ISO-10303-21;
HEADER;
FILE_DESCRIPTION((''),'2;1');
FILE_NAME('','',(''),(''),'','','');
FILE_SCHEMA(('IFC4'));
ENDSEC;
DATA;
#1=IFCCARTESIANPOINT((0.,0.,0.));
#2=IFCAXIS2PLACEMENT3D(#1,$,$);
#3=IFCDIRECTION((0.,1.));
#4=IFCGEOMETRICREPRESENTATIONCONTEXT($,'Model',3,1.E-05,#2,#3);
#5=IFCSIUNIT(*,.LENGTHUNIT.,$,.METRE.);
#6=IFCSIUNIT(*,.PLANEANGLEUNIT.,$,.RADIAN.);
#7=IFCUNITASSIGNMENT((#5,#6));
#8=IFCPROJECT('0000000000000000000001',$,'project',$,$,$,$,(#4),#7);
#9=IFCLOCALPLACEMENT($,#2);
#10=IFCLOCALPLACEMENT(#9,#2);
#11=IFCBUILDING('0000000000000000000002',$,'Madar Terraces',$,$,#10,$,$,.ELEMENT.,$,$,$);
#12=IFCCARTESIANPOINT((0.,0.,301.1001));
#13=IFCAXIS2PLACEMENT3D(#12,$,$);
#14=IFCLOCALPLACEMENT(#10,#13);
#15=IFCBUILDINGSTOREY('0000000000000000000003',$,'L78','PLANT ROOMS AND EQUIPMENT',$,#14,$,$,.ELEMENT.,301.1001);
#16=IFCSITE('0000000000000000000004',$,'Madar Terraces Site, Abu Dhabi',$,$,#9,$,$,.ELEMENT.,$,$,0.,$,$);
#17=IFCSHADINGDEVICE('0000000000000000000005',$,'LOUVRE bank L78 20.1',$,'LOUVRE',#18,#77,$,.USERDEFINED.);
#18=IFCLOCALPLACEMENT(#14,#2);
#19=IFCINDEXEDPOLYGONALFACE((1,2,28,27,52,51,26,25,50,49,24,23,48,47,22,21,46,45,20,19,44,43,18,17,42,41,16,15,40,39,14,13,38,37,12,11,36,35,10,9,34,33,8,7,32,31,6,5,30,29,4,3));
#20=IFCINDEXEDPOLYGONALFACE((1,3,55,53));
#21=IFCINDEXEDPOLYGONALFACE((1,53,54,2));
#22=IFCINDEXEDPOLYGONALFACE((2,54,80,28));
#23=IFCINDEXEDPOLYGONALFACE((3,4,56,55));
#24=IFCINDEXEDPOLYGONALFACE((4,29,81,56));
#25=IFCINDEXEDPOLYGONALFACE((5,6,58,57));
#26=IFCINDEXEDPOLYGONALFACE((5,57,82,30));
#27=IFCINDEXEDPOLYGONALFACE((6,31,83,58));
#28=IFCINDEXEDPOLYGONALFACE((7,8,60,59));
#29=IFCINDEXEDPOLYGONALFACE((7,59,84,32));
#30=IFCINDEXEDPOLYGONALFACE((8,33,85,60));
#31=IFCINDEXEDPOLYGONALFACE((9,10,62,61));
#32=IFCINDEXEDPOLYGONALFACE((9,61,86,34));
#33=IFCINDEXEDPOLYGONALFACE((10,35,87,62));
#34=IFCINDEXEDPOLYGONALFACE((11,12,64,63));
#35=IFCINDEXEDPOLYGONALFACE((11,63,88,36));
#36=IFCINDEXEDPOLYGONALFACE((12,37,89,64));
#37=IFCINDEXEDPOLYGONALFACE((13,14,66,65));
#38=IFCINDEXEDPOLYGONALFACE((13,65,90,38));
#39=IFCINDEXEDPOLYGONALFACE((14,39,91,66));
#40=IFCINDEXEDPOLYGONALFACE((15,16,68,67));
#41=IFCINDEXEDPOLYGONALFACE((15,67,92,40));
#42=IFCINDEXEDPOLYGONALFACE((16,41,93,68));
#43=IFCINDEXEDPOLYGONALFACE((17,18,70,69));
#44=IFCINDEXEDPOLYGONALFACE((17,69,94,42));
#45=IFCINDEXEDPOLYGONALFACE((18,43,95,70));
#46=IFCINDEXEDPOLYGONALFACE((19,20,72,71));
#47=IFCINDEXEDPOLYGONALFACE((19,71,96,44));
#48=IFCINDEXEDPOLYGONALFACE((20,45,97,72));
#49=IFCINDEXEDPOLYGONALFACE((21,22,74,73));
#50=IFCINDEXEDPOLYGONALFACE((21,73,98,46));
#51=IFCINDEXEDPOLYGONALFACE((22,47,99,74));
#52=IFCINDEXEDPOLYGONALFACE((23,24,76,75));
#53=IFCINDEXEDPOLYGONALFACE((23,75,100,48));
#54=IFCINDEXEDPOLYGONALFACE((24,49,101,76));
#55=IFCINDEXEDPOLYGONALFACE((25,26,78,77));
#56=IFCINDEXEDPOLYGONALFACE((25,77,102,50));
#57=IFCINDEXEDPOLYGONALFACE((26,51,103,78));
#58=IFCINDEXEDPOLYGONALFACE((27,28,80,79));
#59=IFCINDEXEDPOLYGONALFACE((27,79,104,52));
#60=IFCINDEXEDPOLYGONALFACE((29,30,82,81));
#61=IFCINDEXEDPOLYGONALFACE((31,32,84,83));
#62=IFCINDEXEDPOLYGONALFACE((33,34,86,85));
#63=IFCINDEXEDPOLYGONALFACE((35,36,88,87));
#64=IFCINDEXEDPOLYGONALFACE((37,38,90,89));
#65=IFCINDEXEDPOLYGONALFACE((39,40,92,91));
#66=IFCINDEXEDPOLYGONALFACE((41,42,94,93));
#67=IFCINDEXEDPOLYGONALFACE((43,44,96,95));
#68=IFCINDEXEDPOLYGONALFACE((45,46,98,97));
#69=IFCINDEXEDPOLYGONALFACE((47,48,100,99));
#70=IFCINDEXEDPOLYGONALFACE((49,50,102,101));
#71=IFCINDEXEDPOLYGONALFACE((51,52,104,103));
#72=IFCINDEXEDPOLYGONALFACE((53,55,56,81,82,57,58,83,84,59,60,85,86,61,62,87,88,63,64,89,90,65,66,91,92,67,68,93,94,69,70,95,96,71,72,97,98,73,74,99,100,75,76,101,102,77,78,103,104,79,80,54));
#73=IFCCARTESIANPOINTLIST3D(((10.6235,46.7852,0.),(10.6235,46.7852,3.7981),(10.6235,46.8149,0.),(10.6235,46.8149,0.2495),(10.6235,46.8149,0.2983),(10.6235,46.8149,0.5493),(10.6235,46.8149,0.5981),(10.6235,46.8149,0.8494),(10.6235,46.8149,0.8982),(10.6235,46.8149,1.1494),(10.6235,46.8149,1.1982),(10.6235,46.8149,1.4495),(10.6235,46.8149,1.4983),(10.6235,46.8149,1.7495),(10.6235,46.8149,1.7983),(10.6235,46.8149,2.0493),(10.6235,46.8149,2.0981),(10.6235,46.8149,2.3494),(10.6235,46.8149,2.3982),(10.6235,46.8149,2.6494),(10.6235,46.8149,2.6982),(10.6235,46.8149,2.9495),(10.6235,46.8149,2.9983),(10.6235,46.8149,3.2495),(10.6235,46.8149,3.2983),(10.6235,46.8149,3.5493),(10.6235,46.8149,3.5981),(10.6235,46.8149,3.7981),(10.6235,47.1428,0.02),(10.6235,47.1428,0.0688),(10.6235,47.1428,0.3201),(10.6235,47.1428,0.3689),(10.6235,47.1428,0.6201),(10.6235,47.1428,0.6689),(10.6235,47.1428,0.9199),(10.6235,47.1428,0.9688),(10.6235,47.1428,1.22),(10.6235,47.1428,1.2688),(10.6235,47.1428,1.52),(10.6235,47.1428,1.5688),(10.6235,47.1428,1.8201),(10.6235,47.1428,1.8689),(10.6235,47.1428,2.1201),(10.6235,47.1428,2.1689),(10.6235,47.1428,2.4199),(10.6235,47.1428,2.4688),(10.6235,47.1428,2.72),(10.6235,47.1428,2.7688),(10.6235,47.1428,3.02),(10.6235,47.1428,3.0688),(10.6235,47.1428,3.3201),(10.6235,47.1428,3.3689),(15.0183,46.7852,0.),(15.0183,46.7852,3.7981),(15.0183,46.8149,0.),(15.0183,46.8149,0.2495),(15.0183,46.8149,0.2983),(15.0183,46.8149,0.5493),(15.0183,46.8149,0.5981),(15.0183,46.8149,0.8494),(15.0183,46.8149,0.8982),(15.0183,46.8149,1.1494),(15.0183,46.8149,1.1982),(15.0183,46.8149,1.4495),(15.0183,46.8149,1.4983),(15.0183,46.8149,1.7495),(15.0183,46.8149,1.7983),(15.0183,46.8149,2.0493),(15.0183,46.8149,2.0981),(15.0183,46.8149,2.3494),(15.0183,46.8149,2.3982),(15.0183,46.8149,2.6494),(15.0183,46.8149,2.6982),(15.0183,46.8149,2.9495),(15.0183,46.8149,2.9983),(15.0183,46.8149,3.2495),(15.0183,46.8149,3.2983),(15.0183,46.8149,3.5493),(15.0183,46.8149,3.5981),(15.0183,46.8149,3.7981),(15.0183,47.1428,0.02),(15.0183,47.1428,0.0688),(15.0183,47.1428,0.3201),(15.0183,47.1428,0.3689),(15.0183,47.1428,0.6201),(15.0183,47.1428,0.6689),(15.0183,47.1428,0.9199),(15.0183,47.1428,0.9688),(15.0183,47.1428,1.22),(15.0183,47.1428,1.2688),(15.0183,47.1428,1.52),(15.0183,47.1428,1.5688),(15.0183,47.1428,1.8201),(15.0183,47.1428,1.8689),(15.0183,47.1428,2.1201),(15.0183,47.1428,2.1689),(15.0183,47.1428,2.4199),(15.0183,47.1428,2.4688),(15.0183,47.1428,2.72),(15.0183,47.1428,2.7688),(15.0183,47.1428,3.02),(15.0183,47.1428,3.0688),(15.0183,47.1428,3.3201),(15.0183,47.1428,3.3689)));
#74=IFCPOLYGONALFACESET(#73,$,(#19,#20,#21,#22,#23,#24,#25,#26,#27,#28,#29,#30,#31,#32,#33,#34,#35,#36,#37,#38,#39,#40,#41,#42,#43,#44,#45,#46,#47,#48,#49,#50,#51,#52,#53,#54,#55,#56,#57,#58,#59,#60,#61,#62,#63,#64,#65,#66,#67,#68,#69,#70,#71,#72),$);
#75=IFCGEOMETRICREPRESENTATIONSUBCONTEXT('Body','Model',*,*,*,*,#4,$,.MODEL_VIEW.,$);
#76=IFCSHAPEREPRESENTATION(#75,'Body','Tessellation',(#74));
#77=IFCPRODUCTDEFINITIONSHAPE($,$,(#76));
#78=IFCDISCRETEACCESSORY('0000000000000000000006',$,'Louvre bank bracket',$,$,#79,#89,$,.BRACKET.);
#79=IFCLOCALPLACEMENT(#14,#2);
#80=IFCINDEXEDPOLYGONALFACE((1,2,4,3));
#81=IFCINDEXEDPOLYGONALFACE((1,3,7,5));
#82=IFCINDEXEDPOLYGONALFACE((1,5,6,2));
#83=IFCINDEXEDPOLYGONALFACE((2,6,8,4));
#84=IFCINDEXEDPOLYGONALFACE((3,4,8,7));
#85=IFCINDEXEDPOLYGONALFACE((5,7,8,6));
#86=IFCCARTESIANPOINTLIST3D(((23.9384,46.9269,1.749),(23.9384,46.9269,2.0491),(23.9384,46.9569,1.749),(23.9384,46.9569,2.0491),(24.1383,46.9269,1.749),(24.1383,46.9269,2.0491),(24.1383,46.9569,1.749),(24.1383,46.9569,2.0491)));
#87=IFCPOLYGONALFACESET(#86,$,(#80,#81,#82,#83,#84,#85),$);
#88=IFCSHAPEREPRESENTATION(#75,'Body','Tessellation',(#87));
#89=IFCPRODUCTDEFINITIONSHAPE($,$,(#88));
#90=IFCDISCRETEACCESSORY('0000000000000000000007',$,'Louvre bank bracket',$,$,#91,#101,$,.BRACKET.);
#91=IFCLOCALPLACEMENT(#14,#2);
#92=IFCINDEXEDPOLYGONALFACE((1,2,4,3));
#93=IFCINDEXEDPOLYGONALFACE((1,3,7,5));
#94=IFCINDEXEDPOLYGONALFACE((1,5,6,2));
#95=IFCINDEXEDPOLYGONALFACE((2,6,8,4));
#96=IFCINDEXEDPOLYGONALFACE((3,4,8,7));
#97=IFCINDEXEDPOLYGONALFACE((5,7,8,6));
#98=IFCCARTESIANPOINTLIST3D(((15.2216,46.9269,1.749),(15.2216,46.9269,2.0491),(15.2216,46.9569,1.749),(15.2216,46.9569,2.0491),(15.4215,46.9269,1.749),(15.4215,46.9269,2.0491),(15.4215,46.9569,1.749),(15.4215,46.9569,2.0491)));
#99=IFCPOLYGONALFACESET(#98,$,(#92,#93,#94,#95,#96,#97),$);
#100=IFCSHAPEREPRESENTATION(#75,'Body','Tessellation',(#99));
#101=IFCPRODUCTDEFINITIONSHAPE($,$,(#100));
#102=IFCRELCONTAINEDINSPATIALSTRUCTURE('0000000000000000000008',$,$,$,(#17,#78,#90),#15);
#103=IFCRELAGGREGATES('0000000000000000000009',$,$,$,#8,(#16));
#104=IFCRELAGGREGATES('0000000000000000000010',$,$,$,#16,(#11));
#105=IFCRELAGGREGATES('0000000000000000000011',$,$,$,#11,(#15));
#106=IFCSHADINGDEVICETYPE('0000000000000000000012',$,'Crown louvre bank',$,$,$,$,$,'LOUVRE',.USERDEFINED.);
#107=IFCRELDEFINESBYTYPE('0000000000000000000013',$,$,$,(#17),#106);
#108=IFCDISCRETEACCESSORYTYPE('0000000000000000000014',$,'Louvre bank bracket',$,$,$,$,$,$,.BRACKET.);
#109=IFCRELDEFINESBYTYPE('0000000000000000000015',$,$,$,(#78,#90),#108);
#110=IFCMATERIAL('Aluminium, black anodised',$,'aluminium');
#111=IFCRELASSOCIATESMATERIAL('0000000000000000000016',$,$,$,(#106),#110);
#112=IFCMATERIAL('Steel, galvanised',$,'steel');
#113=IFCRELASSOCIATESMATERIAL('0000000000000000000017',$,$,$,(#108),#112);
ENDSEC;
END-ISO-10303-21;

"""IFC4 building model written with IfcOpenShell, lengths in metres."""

from ifc_helpers import new_model, si_unit, direction, frame, origin, origin_2d, place, context, subcontext, project, spatial, polyline, rectangle, outline, extrude, material, type_object, element, save


model = new_model("IFC4")

# Units and contexts
model_context = context("Model", 3, precision=1e-05, world=origin(), true_north=direction((0.0, 1.0)))
body_context = subcontext(model_context, "Body", "Model", "MODEL_VIEW")
ifc_project = project(units=[si_unit("LENGTHUNIT", "METRE"), si_unit("PLANEANGLEUNIT", "RADIAN")], contexts=[model_context])

# Site, building, storey
site_placement = place(None, origin())
site = spatial("IfcSite", under=ifc_project, at=site_placement, Name="Madar Terraces Site, Abu Dhabi", CompositionType="ELEMENT", RefElevation=0.0)
building_placement = place(site_placement, origin())
building = spatial("IfcBuilding", under=site, at=building_placement, Name="Madar Terraces", CompositionType="ELEMENT")
storey_placement = place(building_placement, frame((0.0, 0.0, 301.1001)))
storey = spatial("IfcBuildingStorey", under=building, at=storey_placement, Name="L78", Description="PLANT ROOMS AND EQUIPMENT", CompositionType="ELEMENT", Elevation=301.1001)

# Shading device
ifc_material_1 = material(Name="Aluminium, black anodised", Category="aluminium")
shading_device_type = type_object("IfcShadingDeviceType", Name="Crown louvre bank", ElementType="LOUVRE", PredefinedType="USERDEFINED", material=ifc_material_1)
shading_device_1_placement = place(storey_placement, frame((15.0183, 46.8, 0.0), z_axis=(-1.0, 0.0, 0.0), x_axis=(0.0, -1.0, 0.0)))
element("IfcShadingDevice", 1, at=shading_device_1_placement, inside=storey, type_object=shading_device_type, Name="LOUVRE bank L78 20.1", ObjectType="LOUVRE", PredefinedType="USERDEFINED", context=body_context, shape_type="SweptSolid", body=[
    extrude(outline(polyline([(0.0149, 0.0), (-0.0149, 0.0), (-0.0149, 0.2495), (-0.3428, 0.02), (-0.3428, 0.0688), (-0.0149, 0.2983), (-0.0149, 0.5493), (-0.3428, 0.3201), (-0.3428, 0.3689), (-0.0149, 0.5981), (-0.0149, 0.8494), (-0.3428, 0.6201), (-0.3428, 0.6689), (-0.0149, 0.8982), (-0.0149, 1.1494), (-0.3428, 0.9199), (-0.3428, 0.9688), (-0.0149, 1.1982), (-0.0149, 1.4495), (-0.3428, 1.22), (-0.3428, 1.2688), (-0.0149, 1.4983), (-0.0149, 1.7495), (-0.3428, 1.52), (-0.3428, 1.5688), (-0.0149, 1.7983), (-0.0149, 2.0493), (-0.3428, 1.8201), (-0.3428, 1.8689), (-0.0149, 2.0981), (-0.0149, 2.3494), (-0.3428, 2.1201), (-0.3428, 2.1689), (-0.0149, 2.3982), (-0.0149, 2.6494), (-0.3428, 2.4199), (-0.3428, 2.4688), (-0.0149, 2.6982), (-0.0149, 2.9495), (-0.3428, 2.72), (-0.3428, 2.7688), (-0.0149, 2.9983), (-0.0149, 3.2495), (-0.3428, 3.02), (-0.3428, 3.0688), (-0.0149, 3.2983), (-0.0149, 3.5493), (-0.3428, 3.3201), (-0.3428, 3.3689), (-0.0149, 3.5981), (-0.0149, 3.7981), (0.0149, 3.7981), (0.0149, 0.0)])), origin(), (0.0, 0.0, 1.0), 4.3948),
])

# Discrete accessories
ifc_material_2 = material(Name="Steel, galvanised", Category="steel")
discrete_accessory_type = type_object("IfcDiscreteAccessoryType", Name="Louvre bank bracket", PredefinedType="BRACKET", material=ifc_material_2)
for number, where, z_axis, x_axis, name in (
    (2, (24.0383, 46.9419, 1.749), (0.0, 0.0, 1.0), (-1.0, 0.0, 0.0), "Louvre bank bracket"),
    (3, (15.3215, 46.9419, 1.749), (0.0, 0.0, 1.0), (-1.0, 0.0, 0.0), "Louvre bank bracket"),
):
    element("IfcDiscreteAccessory", number, at=place(storey_placement, frame(where, z_axis=z_axis, x_axis=x_axis)), inside=storey, type_object=discrete_accessory_type, Name=name, PredefinedType="BRACKET", context=body_context, shape_type="SweptSolid", body=[
        extrude(rectangle(XDim=0.2, YDim=0.03, at=origin_2d()), origin(), (0.0, 0.0, 1.0), 0.3),
    ])

save(model, "model.ifc")
